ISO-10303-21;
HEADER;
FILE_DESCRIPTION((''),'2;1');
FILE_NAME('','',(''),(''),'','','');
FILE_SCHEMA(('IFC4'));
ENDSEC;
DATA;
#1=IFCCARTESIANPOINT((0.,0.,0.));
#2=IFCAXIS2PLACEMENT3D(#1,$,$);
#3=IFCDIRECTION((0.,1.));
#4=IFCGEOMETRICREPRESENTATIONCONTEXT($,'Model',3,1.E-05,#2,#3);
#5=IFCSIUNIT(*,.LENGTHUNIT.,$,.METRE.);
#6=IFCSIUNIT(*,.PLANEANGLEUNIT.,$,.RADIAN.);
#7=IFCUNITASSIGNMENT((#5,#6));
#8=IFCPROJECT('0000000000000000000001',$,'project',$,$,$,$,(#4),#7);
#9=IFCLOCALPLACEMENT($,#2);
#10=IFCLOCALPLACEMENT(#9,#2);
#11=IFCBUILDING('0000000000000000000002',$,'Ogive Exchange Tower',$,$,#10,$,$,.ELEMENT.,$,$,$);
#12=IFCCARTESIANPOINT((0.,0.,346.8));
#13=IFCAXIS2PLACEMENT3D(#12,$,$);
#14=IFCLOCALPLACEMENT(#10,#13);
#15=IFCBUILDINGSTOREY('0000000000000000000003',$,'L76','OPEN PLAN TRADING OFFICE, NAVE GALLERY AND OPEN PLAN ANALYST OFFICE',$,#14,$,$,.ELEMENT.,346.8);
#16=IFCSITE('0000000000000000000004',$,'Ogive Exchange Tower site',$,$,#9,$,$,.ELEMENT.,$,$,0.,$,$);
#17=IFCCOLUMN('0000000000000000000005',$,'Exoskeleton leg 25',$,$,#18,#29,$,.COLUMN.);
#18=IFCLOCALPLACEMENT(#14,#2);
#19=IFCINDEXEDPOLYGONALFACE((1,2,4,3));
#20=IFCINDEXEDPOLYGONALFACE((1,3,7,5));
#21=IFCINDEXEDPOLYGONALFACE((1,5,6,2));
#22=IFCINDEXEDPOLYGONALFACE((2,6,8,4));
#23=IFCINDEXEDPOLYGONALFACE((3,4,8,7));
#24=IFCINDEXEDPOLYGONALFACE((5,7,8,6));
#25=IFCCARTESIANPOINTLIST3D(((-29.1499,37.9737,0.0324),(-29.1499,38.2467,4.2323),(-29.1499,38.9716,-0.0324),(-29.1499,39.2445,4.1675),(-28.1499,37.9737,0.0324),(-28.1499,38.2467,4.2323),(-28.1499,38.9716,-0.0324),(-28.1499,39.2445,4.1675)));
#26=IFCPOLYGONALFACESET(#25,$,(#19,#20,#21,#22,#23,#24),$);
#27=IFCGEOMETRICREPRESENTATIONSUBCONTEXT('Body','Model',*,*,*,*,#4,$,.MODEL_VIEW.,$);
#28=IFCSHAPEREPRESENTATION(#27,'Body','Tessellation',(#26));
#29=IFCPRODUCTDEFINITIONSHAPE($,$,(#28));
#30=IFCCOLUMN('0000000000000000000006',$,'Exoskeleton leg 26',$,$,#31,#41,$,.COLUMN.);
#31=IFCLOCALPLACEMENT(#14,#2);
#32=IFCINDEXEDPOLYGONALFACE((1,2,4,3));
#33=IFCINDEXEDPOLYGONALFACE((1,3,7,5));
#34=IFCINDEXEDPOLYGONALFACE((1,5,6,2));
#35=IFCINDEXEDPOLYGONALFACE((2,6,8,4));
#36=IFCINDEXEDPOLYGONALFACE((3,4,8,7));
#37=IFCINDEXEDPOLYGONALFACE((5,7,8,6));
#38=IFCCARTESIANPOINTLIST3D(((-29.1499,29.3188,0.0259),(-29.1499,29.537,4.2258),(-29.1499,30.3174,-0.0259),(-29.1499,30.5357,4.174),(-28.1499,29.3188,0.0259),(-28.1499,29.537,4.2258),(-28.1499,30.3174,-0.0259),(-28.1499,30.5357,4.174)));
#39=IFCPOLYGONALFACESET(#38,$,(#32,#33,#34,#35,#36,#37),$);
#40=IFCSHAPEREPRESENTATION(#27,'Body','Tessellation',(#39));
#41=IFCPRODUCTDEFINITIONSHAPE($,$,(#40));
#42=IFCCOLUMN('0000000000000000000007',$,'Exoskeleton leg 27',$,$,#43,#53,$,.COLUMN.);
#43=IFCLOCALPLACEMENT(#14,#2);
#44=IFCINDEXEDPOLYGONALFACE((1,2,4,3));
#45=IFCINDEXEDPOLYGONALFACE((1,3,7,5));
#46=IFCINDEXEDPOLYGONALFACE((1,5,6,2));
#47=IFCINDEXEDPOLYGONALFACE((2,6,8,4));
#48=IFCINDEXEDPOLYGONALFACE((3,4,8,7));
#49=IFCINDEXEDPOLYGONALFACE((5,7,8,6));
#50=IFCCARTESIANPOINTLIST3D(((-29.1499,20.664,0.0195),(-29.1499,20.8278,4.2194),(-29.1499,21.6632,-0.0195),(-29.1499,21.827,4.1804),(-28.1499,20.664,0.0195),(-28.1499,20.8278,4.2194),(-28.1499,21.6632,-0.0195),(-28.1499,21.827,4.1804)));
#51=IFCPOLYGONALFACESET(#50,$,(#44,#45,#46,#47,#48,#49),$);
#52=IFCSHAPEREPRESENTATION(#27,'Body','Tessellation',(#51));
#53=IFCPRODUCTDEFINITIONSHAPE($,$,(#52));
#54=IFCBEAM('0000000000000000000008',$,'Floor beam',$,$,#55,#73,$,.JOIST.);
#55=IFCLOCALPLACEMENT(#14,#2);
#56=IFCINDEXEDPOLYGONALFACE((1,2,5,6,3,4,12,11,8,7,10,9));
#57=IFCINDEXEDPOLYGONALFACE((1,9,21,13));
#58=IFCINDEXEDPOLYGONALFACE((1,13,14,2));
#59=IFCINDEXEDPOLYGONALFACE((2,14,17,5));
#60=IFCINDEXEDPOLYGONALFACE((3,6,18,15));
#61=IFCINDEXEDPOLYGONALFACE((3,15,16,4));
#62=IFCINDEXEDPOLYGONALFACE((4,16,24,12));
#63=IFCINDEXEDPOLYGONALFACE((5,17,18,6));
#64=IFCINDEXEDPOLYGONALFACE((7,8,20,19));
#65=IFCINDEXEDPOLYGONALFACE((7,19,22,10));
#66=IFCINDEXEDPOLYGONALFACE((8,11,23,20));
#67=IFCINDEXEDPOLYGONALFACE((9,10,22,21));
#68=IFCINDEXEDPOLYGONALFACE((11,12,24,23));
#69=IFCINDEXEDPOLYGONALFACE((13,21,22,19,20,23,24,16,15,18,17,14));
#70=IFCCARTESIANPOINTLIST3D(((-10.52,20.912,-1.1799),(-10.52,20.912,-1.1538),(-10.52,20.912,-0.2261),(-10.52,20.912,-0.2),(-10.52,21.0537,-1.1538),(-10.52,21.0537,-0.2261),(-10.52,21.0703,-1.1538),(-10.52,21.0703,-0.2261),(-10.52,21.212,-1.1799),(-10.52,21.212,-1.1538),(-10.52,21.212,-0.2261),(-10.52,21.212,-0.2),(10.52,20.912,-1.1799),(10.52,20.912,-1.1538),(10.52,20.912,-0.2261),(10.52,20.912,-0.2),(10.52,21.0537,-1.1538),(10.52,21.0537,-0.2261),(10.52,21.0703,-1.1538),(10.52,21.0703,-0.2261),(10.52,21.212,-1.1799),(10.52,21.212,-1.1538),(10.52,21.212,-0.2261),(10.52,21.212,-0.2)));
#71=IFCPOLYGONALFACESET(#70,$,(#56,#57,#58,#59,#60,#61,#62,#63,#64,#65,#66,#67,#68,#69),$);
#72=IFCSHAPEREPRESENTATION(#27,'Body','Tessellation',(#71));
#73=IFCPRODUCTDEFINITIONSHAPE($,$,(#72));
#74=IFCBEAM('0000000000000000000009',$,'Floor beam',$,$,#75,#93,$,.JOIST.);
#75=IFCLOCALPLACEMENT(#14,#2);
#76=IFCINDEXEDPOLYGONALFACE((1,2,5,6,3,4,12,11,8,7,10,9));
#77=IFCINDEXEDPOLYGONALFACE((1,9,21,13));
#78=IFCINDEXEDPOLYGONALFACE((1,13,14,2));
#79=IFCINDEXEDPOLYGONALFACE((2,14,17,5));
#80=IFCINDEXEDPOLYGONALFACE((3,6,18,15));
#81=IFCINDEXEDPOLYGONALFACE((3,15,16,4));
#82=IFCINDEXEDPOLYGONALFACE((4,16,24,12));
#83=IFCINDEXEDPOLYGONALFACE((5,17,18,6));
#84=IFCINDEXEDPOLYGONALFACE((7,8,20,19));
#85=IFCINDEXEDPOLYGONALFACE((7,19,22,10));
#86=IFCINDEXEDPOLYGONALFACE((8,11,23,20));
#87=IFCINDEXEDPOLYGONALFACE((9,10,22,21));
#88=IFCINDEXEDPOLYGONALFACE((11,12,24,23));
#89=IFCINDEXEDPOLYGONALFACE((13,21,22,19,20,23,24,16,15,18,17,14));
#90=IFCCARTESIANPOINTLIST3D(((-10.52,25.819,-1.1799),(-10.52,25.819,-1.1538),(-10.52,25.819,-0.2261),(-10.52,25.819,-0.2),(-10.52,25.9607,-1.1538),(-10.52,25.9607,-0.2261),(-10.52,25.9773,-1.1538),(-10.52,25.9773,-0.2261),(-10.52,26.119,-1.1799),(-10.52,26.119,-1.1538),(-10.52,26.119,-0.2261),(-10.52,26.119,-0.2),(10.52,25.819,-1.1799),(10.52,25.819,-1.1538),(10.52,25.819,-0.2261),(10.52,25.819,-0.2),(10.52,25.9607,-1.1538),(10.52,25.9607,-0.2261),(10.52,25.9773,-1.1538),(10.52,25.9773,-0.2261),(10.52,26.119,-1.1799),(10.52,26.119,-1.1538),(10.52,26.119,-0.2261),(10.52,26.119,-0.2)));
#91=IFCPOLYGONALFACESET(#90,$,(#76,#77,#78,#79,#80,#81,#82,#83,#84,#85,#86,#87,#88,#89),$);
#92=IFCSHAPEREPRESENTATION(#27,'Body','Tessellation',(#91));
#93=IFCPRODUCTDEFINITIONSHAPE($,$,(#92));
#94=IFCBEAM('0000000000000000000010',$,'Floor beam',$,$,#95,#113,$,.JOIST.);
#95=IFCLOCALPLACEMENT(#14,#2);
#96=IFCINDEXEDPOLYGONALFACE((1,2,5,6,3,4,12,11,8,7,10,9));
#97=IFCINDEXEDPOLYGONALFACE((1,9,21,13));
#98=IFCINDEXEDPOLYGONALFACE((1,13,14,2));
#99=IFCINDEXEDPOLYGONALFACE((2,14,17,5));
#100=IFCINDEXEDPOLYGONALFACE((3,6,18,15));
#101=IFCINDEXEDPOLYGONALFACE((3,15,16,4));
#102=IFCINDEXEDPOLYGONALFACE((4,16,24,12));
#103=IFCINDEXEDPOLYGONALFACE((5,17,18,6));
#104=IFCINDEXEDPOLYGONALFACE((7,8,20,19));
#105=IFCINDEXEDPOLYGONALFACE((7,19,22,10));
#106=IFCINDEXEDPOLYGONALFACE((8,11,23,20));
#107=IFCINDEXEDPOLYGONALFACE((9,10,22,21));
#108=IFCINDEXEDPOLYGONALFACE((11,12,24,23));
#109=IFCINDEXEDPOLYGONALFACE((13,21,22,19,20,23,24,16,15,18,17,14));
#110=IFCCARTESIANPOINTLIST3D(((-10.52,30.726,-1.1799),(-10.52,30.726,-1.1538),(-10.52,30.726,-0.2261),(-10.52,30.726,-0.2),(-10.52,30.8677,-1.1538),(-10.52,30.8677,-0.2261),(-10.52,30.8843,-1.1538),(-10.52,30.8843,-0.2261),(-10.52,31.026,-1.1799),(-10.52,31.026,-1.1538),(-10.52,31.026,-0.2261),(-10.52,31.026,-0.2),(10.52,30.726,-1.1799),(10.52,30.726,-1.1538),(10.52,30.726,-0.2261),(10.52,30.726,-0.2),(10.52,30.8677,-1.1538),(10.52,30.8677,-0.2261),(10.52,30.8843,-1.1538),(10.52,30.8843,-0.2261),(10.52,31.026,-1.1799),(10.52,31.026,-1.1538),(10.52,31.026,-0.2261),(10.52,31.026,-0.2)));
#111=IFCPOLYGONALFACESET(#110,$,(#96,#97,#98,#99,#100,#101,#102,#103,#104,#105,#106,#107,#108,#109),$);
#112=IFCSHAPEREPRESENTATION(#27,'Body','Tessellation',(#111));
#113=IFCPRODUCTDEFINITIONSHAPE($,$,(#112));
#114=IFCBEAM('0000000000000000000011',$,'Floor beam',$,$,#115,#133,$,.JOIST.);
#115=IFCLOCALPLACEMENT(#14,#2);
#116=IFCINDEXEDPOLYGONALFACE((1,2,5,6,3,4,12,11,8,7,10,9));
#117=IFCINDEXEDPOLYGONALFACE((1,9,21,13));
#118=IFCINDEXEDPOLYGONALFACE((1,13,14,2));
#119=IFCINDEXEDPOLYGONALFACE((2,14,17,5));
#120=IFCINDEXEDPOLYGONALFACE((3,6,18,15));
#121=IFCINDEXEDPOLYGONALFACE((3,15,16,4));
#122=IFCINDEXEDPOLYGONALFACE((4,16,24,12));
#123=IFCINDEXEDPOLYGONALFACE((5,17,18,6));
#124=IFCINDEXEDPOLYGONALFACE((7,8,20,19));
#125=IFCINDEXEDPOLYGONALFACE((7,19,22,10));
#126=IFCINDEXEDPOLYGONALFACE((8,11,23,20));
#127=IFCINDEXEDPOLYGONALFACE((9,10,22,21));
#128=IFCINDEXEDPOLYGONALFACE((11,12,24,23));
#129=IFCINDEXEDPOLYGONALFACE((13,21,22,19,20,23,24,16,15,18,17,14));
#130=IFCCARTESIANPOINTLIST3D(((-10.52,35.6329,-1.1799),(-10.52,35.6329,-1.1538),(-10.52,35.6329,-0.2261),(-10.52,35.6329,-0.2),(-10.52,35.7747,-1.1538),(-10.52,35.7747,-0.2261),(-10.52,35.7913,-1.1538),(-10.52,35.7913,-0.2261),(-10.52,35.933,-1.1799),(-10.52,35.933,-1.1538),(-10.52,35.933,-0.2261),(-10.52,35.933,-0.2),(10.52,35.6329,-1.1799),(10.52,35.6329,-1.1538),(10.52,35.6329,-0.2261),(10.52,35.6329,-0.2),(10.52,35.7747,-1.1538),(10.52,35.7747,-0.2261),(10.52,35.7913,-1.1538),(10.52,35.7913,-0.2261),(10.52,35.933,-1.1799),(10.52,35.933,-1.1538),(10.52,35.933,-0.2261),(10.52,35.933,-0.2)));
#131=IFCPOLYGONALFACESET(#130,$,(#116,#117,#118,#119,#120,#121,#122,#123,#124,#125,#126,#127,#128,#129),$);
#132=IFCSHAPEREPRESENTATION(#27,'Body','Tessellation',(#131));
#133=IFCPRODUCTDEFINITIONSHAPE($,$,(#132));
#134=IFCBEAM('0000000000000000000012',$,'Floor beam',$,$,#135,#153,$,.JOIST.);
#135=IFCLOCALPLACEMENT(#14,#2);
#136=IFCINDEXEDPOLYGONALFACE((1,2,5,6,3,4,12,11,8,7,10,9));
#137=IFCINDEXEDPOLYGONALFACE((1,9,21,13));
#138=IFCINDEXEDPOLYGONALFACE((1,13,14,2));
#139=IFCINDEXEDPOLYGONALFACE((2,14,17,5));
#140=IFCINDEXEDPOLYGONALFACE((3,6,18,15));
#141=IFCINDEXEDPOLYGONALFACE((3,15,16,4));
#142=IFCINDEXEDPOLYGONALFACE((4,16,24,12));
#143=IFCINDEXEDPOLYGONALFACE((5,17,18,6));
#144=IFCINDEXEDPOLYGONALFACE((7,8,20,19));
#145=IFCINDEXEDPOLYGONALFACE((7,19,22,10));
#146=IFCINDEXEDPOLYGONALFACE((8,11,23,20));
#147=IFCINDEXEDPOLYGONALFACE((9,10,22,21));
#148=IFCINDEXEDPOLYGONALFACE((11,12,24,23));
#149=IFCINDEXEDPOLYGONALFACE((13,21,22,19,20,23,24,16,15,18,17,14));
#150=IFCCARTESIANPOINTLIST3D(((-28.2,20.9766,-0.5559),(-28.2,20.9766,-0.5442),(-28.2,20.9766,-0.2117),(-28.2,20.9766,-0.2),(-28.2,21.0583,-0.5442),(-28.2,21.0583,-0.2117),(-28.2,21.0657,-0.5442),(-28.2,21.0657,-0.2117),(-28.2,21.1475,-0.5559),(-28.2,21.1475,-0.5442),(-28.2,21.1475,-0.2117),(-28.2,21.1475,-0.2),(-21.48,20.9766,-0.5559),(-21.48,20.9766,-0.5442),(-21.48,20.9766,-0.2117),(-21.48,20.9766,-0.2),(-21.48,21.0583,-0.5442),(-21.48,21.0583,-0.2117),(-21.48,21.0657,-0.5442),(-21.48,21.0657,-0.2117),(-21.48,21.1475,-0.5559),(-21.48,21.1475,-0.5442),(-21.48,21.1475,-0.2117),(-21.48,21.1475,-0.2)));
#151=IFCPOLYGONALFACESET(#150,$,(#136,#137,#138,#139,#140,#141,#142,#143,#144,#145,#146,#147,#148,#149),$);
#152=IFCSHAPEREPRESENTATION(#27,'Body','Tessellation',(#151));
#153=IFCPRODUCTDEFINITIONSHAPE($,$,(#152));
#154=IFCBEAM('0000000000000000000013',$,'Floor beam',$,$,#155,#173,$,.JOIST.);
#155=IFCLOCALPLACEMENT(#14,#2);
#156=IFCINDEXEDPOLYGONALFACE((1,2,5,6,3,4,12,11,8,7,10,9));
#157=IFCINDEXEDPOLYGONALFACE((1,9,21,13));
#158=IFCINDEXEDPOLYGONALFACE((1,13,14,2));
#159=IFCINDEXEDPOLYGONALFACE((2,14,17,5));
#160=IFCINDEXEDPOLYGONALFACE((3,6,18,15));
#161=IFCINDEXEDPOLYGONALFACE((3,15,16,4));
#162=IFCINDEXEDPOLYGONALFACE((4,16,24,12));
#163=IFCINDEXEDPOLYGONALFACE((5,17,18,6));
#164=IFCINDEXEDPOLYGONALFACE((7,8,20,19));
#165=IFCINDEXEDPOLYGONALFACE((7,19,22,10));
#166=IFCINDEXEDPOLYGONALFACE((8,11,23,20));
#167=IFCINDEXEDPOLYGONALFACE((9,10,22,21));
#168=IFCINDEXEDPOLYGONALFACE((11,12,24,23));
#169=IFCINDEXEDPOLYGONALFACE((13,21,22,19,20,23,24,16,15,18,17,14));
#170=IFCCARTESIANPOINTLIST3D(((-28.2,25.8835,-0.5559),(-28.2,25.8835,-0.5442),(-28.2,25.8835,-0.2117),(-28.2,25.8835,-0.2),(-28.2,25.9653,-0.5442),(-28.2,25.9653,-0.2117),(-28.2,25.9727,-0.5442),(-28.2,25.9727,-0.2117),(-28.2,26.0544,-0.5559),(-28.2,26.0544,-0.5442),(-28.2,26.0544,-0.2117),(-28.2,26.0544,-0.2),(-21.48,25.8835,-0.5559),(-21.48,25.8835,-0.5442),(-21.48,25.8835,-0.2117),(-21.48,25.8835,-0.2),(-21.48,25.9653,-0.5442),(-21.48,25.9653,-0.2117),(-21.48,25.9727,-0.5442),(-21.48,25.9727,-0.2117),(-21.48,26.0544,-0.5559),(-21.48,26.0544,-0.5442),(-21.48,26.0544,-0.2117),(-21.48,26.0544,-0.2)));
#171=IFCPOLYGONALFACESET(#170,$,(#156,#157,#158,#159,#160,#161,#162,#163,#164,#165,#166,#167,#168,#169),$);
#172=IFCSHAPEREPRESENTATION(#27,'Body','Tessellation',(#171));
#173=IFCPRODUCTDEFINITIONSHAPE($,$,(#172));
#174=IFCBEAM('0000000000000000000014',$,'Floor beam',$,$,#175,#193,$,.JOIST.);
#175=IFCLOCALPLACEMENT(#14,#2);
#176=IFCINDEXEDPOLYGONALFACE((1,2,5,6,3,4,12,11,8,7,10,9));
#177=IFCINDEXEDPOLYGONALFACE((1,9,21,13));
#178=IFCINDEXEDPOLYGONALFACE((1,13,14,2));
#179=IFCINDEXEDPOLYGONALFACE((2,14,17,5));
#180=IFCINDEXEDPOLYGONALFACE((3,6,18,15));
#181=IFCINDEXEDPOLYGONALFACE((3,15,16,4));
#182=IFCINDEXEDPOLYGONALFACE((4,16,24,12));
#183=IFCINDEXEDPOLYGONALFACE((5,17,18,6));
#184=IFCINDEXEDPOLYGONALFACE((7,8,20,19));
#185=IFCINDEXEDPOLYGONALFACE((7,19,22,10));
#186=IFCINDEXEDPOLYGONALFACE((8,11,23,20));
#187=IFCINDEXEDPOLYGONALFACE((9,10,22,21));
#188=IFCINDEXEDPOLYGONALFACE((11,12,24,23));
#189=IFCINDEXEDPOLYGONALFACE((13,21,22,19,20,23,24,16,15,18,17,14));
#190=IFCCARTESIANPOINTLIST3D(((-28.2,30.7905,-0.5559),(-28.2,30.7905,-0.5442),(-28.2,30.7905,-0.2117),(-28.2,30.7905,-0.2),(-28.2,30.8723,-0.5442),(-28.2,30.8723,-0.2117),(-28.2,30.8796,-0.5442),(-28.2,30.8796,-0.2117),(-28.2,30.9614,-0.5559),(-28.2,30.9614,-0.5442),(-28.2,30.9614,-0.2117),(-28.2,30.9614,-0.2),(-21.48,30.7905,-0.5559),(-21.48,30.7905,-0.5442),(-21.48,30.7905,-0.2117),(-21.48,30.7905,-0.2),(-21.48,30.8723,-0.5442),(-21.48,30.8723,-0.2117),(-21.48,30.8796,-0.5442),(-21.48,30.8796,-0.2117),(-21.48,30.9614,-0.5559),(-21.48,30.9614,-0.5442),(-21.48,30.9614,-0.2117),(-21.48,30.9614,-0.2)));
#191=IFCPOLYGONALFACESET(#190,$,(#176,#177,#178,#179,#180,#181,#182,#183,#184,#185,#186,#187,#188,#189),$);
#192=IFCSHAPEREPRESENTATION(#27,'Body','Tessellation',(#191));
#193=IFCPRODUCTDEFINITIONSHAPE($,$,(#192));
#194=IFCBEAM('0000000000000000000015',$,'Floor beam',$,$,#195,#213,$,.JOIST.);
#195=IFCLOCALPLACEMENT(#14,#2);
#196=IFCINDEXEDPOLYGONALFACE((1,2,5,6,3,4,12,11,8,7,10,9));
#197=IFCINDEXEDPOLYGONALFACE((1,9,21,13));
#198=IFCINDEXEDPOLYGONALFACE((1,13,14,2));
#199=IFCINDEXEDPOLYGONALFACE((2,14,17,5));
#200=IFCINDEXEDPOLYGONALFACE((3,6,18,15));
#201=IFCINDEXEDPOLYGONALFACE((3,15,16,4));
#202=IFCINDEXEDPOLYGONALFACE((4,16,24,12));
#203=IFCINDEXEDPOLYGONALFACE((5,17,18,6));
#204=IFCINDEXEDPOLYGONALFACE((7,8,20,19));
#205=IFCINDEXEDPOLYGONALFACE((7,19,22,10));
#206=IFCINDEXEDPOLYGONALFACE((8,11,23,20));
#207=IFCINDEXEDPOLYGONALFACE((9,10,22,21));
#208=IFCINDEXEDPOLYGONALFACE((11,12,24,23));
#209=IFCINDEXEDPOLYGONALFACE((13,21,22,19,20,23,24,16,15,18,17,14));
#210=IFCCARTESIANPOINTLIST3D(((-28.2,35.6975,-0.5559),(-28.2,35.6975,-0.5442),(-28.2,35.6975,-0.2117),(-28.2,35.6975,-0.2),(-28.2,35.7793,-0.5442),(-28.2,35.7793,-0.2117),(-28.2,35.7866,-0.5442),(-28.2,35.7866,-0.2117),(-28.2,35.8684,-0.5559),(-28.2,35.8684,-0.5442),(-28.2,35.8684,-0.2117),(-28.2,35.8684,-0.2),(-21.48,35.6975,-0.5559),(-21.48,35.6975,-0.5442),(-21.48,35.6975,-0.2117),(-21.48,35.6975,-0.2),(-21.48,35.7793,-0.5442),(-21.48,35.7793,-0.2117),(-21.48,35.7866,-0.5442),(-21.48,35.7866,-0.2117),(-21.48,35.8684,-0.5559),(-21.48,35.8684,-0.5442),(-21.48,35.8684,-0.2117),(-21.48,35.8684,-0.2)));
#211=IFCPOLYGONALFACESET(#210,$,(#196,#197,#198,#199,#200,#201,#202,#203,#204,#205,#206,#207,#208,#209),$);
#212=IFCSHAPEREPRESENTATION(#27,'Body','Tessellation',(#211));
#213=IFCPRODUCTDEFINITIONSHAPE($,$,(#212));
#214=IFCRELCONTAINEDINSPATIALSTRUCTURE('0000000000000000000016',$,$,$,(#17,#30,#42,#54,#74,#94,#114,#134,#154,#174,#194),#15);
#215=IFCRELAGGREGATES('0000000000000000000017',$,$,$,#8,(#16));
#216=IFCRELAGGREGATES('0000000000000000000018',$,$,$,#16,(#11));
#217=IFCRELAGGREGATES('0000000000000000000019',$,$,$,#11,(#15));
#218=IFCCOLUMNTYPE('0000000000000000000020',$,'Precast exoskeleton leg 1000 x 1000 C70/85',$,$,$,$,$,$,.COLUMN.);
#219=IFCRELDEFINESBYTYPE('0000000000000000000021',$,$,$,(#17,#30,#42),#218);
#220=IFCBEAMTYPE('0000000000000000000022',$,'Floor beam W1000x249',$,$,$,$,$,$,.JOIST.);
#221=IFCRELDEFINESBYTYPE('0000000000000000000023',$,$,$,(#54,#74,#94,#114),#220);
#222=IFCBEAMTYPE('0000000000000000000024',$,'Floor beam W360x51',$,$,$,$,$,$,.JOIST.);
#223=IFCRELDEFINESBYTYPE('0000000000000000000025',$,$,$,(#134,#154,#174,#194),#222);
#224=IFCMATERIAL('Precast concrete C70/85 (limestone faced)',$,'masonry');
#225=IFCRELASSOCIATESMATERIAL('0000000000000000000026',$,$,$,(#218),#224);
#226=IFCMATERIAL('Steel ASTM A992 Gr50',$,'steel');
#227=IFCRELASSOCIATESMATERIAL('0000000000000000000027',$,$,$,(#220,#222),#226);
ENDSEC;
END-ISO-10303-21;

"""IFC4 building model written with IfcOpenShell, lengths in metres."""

from ifc_helpers import new_model, si_unit, direction, frame, origin, origin_2d, place, context, subcontext, project, spatial, rectangle, i_section, extrude, material, material_profile, profile_set, type_object, element, save


model = new_model("IFC4")

# Units and contexts
model_context = context("Model", 3, precision=1e-05, world=origin(), true_north=direction((0.0, 1.0)))
body_context = subcontext(model_context, "Body", "Model", "MODEL_VIEW")
ifc_project = project(units=[si_unit("LENGTHUNIT", "METRE"), si_unit("PLANEANGLEUNIT", "RADIAN")], contexts=[model_context])

# Site, building, storey
site_placement = place(None, origin())
site = spatial("IfcSite", under=ifc_project, at=site_placement, Name="Ogive Exchange Tower site", CompositionType="ELEMENT", RefElevation=0.0)
building_placement = place(site_placement, origin())
building = spatial("IfcBuilding", under=site, at=building_placement, Name="Ogive Exchange Tower", CompositionType="ELEMENT")
storey_placement = place(building_placement, frame((0.0, 0.0, 346.8)))
storey = spatial("IfcBuildingStorey", under=building, at=storey_placement, Name="L76", Description="OPEN PLAN TRADING OFFICE, NAVE GALLERY AND OPEN PLAN ANALYST OFFICE", CompositionType="ELEMENT", Elevation=346.8)

# Columns
ifc_material_1 = material(Name="Precast concrete C70/85 (limestone faced)", Category="masonry")
ifc_material_profile_1 = material_profile(ifc_material_1, rectangle(XDim=1.0, YDim=1.0, at=origin_2d()), Name="1000 x 1000")
ifc_profile_set_1 = profile_set([ifc_material_profile_1], Name="Precast concrete C70/85 (limestone faced)")
column_type = type_object("IfcColumnType", Name="Precast exoskeleton leg 1000 x 1000 C70/85", PredefinedType="COLUMN", material=ifc_profile_set_1)
column_1_placement = place(storey_placement, frame((-28.6499, 38.4727, 0.0), z_axis=(0.0, 0.064852, 0.997895), x_axis=(-1.0, 0.0, 0.0)))
element("IfcColumn", 1, at=column_1_placement, inside=storey, type_object=column_type, Name="Exoskeleton leg 25", PredefinedType="COLUMN", context=body_context, shape_type="SweptSolid", body=[
    extrude(rectangle(XDim=1.0, YDim=1.0, at=origin_2d()), origin(), (0.0, 0.0, 1.0), 4.2087),
])
column_2_placement = place(storey_placement, frame((-28.6499, 29.8181, 0.0), z_axis=(0.0, 0.051898, 0.998652), x_axis=(-1.0, 0.0, 0.0)))
element("IfcColumn", 2, at=column_2_placement, inside=storey, type_object=column_type, Name="Exoskeleton leg 26", PredefinedType="COLUMN", context=body_context, shape_type="SweptSolid", body=[
    extrude(rectangle(XDim=1.0, YDim=1.0, at=origin_2d()), origin(), (0.0, 0.0, 1.0), 4.2056),
])
column_3_placement = place(storey_placement, frame((-28.6499, 21.1636, 0.0), z_axis=(0.0, 0.038975, 0.99924), x_axis=(-1.0, 0.0, 0.0)))
element("IfcColumn", 3, at=column_3_placement, inside=storey, type_object=column_type, Name="Exoskeleton leg 27", PredefinedType="COLUMN", context=body_context, shape_type="SweptSolid", body=[
    extrude(rectangle(XDim=1.0, YDim=1.0, at=origin_2d()), origin(), (0.0, 0.0, 1.0), 4.2031),
])

# Beams
ifc_material_2 = material(Name="Steel ASTM A992 Gr50", Category="steel")
ifc_material_profile_2 = material_profile(ifc_material_2, i_section(OverallWidth=0.3, OverallDepth=0.98, WebThickness=0.0166, FlangeThickness=0.0261, at=origin_2d()), Name="W1000x249")
ifc_profile_set_2 = profile_set([ifc_material_profile_2], Name="Steel ASTM A992 Gr50")
beam_type_1 = type_object("IfcBeamType", Name="Floor beam W1000x249", PredefinedType="JOIST", material=ifc_profile_set_2)
for number, where, z_axis, x_axis, name in (
    (4, (-10.52, 21.062, -0.6899), (1.0, 0.0, 0.0), (0.0, 1.0, 0.0), "Floor beam"),
    (5, (-10.52, 25.969, -0.6899), (1.0, 0.0, 0.0), (0.0, 1.0, 0.0), "Floor beam"),
    (6, (-10.52, 30.876, -0.6899), (1.0, 0.0, 0.0), (0.0, 1.0, 0.0), "Floor beam"),
    (7, (-10.52, 35.783, -0.6899), (1.0, 0.0, 0.0), (0.0, 1.0, 0.0), "Floor beam"),
):
    element("IfcBeam", number, at=place(storey_placement, frame(where, z_axis=z_axis, x_axis=x_axis)), inside=storey, type_object=beam_type_1, Name=name, PredefinedType="JOIST", context=body_context, shape_type="SweptSolid", body=[
        extrude(i_section(OverallWidth=0.3, OverallDepth=0.98, WebThickness=0.0166, FlangeThickness=0.0261, at=origin_2d()), origin(), (0.0, 0.0, 1.0), 21.04),
    ])
ifc_material_profile_3 = material_profile(ifc_material_2, i_section(OverallWidth=0.1709, OverallDepth=0.356, WebThickness=0.0073, FlangeThickness=0.0117, at=origin_2d()), Name="W360x51")
ifc_profile_set_3 = profile_set([ifc_material_profile_3], Name="Steel ASTM A992 Gr50")
beam_type_2 = type_object("IfcBeamType", Name="Floor beam W360x51", PredefinedType="JOIST", material=ifc_profile_set_3)
for number, where, z_axis, x_axis, name in (
    (8, (-28.2, 21.062, -0.3779), (1.0, 0.0, 0.0), (0.0, 1.0, 0.0), "Floor beam"),
    (9, (-28.2, 25.969, -0.3779), (1.0, 0.0, 0.0), (0.0, 1.0, 0.0), "Floor beam"),
    (10, (-28.2, 30.876, -0.3779), (1.0, 0.0, 0.0), (0.0, 1.0, 0.0), "Floor beam"),
    (11, (-28.2, 35.783, -0.3779), (1.0, 0.0, 0.0), (0.0, 1.0, 0.0), "Floor beam"),
):
    element("IfcBeam", number, at=place(storey_placement, frame(where, z_axis=z_axis, x_axis=x_axis)), inside=storey, type_object=beam_type_2, Name=name, PredefinedType="JOIST", context=body_context, shape_type="SweptSolid", body=[
        extrude(i_section(OverallWidth=0.1709, OverallDepth=0.356, WebThickness=0.0073, FlangeThickness=0.0117, at=origin_2d()), origin(), (0.0, 0.0, 1.0), 6.72),
    ])

save(model, "model.ifc")
